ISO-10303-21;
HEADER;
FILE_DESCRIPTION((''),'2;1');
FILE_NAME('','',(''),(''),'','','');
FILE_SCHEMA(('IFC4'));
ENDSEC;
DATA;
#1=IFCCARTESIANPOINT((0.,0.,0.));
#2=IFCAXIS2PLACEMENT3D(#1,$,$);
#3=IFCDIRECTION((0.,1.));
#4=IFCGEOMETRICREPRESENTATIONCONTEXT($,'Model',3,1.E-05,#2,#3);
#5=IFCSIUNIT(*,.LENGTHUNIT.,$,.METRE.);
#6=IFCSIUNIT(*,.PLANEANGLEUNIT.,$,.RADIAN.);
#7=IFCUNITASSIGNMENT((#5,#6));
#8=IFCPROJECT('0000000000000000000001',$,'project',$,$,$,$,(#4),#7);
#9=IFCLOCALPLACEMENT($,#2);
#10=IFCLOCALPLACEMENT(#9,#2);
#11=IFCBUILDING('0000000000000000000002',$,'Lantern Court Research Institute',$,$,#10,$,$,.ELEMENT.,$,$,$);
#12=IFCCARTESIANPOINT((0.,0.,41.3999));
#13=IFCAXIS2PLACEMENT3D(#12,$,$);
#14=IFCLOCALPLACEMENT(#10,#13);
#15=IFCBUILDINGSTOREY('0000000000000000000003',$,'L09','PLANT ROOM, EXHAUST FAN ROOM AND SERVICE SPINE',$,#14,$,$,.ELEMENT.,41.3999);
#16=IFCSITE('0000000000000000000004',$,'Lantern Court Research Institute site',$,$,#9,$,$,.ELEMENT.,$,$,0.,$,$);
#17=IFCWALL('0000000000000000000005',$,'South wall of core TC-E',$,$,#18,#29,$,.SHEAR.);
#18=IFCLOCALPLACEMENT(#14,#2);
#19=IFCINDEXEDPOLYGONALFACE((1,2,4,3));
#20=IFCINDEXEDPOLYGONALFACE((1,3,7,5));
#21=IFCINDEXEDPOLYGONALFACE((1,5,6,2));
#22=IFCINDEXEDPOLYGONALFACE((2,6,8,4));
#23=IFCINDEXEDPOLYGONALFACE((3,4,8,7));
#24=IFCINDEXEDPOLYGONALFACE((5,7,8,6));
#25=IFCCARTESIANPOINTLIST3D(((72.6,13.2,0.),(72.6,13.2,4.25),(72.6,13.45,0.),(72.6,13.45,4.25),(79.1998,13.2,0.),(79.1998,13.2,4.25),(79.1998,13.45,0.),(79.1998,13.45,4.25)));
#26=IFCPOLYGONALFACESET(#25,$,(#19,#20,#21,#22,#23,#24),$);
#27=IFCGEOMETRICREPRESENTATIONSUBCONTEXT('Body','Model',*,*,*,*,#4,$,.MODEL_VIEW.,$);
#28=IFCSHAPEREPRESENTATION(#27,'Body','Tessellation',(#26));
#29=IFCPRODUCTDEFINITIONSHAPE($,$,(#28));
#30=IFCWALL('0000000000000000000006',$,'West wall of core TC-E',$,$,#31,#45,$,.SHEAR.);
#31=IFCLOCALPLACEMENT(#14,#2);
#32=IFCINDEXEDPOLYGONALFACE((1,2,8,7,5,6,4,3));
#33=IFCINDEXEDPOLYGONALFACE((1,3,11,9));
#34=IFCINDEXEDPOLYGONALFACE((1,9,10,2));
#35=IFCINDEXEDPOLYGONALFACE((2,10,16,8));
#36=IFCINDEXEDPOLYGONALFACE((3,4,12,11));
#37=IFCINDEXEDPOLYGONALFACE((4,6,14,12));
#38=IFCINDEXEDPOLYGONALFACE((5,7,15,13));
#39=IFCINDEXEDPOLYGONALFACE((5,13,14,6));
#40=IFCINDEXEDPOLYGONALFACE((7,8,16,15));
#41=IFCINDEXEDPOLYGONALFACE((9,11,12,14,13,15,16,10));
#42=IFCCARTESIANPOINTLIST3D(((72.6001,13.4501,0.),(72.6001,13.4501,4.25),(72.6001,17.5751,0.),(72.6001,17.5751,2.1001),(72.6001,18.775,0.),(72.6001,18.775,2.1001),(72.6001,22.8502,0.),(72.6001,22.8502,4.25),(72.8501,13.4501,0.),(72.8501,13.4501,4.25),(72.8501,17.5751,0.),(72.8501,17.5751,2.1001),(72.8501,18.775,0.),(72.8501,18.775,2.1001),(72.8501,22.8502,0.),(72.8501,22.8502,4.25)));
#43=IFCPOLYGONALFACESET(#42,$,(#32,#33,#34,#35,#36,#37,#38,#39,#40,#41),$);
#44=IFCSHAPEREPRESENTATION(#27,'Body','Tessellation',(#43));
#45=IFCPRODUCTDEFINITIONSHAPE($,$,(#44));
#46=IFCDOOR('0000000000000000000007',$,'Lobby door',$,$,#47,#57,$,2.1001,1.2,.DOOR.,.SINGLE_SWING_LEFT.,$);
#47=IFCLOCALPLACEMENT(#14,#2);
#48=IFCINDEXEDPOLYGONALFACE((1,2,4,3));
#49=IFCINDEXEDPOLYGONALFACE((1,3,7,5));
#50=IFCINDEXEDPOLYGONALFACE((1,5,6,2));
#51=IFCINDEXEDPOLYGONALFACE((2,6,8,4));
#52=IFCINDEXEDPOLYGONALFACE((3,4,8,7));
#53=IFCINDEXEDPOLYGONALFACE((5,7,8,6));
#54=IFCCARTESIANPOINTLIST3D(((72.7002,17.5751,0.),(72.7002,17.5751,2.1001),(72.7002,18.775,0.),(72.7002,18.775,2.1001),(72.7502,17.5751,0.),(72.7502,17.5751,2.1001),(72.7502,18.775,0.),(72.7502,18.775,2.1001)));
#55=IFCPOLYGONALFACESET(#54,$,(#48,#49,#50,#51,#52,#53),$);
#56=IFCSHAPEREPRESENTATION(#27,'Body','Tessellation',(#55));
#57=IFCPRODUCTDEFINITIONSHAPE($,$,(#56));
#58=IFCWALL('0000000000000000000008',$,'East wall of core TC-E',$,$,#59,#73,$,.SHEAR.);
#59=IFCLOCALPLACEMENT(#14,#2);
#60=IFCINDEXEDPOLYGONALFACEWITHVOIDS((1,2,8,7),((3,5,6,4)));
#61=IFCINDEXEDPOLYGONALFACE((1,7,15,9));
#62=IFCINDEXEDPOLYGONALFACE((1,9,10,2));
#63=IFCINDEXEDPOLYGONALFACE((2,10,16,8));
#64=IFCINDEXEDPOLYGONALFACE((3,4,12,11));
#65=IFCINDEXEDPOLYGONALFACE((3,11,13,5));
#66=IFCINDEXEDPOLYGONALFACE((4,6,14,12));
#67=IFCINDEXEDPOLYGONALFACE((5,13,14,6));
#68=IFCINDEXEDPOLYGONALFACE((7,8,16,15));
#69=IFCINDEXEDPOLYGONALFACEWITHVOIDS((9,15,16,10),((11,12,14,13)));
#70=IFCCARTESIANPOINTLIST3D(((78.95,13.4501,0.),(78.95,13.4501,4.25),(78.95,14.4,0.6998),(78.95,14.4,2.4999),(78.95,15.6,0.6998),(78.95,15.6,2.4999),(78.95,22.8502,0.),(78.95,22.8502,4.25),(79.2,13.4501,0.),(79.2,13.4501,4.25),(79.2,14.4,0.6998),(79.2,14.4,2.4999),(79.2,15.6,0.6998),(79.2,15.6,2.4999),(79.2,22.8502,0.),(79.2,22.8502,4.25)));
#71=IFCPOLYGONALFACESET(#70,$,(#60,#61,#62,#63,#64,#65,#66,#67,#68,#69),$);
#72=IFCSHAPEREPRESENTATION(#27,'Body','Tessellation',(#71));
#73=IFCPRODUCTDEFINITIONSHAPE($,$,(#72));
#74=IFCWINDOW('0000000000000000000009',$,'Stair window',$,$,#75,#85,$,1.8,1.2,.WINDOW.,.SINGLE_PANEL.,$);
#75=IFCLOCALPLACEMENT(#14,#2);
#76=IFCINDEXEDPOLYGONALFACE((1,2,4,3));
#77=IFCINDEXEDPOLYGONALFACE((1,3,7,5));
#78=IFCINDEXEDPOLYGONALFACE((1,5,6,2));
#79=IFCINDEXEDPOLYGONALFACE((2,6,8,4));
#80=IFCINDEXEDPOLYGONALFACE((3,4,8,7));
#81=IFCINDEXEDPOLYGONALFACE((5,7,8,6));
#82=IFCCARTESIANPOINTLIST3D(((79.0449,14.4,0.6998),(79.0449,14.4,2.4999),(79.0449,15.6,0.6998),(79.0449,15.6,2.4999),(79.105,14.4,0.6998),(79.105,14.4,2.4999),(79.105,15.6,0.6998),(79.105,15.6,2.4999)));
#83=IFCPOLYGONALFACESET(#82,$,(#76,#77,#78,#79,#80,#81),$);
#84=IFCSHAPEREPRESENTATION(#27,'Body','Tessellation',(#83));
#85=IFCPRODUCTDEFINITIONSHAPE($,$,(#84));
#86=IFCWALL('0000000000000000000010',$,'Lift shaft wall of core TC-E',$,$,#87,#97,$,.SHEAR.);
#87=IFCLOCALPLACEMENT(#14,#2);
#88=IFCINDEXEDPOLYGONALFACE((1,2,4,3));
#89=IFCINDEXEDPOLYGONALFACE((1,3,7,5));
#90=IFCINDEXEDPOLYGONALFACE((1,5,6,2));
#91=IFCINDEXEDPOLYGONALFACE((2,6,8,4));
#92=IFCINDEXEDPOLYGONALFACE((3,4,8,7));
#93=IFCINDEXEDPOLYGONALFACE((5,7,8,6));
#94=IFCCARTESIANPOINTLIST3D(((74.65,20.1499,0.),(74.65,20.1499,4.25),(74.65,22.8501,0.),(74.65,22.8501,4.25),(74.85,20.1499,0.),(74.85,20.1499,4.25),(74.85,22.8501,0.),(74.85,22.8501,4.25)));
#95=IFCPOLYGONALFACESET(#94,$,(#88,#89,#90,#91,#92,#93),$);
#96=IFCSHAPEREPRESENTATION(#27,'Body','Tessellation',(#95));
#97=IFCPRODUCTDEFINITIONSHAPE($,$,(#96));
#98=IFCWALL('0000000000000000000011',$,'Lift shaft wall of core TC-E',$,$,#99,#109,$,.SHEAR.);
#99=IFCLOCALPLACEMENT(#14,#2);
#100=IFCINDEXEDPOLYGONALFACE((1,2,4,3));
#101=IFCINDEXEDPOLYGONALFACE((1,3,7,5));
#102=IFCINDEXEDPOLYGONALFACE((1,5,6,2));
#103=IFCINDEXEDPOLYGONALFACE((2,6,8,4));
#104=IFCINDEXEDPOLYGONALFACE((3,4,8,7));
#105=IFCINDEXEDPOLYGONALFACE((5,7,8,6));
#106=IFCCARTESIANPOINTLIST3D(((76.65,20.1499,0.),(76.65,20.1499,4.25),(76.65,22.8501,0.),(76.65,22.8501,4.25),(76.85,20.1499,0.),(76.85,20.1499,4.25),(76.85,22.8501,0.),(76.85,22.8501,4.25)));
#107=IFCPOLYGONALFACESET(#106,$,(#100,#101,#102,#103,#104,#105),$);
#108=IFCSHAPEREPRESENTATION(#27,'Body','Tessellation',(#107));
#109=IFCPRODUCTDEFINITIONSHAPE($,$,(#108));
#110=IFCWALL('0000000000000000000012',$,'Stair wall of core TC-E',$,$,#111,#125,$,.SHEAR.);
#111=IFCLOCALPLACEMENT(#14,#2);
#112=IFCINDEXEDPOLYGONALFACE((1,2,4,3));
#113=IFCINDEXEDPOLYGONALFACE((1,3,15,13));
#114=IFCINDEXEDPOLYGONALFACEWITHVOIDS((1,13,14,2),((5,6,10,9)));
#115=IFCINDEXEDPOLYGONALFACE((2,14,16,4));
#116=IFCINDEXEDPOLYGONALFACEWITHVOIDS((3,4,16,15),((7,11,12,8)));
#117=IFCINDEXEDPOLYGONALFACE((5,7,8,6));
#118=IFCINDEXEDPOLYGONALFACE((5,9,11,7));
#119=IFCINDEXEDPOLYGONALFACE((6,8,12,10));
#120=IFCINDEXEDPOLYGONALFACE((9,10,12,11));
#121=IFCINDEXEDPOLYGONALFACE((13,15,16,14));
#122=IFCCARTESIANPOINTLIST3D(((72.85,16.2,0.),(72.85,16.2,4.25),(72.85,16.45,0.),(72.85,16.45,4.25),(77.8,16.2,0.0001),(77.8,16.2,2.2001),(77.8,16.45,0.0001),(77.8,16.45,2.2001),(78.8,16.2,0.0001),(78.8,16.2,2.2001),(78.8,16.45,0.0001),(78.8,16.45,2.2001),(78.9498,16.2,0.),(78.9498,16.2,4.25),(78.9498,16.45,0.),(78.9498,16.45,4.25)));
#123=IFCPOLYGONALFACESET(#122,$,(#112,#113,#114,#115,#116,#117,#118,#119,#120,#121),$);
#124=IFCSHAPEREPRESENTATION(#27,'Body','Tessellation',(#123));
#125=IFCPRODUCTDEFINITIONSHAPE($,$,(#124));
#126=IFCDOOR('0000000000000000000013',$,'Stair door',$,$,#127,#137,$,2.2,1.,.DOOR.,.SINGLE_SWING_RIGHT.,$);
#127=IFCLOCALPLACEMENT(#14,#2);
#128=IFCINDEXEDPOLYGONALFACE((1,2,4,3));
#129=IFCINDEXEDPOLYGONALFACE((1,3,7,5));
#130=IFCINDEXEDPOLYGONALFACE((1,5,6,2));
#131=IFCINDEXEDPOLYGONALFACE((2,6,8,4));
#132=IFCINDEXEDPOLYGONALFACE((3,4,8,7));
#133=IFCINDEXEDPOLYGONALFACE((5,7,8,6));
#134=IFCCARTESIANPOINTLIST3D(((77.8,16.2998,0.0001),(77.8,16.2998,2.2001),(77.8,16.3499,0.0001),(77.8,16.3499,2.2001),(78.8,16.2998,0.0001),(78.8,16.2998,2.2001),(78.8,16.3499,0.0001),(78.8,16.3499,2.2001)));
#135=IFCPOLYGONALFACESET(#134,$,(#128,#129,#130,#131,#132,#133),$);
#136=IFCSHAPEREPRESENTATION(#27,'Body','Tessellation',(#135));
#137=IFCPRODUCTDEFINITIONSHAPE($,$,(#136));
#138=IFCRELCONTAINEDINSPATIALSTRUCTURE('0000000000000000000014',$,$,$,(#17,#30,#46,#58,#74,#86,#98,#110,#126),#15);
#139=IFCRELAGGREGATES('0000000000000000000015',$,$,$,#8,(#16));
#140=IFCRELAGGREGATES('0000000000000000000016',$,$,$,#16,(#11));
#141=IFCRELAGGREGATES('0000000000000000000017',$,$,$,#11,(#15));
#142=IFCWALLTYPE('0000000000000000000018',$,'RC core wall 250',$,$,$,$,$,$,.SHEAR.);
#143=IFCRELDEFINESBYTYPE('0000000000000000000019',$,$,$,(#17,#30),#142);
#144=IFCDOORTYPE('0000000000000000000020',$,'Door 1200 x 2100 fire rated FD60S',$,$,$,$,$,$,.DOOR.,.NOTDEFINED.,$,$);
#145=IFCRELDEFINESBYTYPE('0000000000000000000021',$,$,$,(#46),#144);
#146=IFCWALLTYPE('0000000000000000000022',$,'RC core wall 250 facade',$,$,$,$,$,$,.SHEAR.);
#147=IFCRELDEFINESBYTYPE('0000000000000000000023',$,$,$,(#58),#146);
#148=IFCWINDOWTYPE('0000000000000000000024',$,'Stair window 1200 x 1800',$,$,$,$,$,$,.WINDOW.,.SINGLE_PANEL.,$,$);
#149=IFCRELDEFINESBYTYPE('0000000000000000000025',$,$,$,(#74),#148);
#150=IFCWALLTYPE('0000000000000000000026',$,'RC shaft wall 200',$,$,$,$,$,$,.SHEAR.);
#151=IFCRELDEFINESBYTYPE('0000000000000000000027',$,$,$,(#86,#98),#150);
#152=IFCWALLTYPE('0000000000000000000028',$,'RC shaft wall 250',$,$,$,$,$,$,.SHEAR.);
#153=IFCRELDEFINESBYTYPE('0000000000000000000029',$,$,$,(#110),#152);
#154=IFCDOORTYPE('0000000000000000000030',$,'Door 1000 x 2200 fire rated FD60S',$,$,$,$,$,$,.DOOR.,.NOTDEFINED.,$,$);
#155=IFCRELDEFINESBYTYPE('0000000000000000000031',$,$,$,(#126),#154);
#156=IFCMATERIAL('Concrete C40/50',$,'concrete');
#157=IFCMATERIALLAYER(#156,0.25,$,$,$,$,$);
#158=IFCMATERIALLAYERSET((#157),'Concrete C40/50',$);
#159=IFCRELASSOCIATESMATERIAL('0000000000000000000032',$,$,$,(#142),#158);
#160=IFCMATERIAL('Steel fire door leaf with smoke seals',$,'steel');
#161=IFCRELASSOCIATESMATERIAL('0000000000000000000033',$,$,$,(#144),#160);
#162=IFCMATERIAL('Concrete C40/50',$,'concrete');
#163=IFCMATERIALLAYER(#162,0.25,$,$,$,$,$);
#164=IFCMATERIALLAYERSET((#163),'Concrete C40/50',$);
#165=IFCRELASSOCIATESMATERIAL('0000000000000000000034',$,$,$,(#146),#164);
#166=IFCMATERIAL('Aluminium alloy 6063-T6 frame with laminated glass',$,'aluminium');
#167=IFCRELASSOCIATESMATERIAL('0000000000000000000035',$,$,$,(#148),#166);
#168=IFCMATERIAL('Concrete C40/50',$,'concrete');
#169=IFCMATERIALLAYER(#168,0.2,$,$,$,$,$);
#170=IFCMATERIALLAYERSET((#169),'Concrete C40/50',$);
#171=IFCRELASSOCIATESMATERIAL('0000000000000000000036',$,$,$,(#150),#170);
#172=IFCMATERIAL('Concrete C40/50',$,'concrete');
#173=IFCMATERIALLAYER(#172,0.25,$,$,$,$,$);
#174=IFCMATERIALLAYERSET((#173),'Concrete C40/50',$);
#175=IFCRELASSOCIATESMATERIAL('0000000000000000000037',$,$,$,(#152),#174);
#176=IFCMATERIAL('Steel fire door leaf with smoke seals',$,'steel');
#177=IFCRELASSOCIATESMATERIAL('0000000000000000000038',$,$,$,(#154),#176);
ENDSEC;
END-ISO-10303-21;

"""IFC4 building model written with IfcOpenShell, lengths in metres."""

from ifc_helpers import new_model, si_unit, direction, frame, frame_2d, origin, place, context, subcontext, project, spatial, rectangle, extrude, material, layer, layer_set, type_object, element, fill, save


model = new_model("IFC4")

# Units and contexts
model_context = context("Model", 3, precision=1e-05, world=origin(), true_north=direction((0.0, 1.0)))
body_context = subcontext(model_context, "Body", "Model", "MODEL_VIEW")
ifc_project = project(units=[si_unit("LENGTHUNIT", "METRE"), si_unit("PLANEANGLEUNIT", "RADIAN")], contexts=[model_context])

# Site, building, storey
site_placement = place(None, origin())
site = spatial("IfcSite", under=ifc_project, at=site_placement, Name="Lantern Court Research Institute site", CompositionType="ELEMENT", RefElevation=0.0)
building_placement = place(site_placement, origin())
building = spatial("IfcBuilding", under=site, at=building_placement, Name="Lantern Court Research Institute", CompositionType="ELEMENT")
storey_placement = place(building_placement, frame((0.0, 0.0, 41.3999)))
storey = spatial("IfcBuildingStorey", under=building, at=storey_placement, Name="L09", Description="PLANT ROOM, EXHAUST FAN ROOM AND SERVICE SPINE", CompositionType="ELEMENT", Elevation=41.3999)

# Wall
ifc_material_1 = material(Name="Concrete C40/50", Category="concrete")
ifc_layer_1 = layer(ifc_material_1, 0.25)
ifc_layer_set_1 = layer_set([ifc_layer_1], Name="Concrete C40/50")
wall_type_1 = type_object("IfcWallType", Name="RC core wall 250", PredefinedType="SHEAR", material=ifc_layer_set_1)
wall_1_placement = place(storey_placement, frame((72.6001, 13.325, 0.0), z_axis=(0.0, 0.0, 1.0), x_axis=(1.0, 0.0, 0.0)))
element("IfcWall", 1, at=wall_1_placement, inside=storey, type_object=wall_type_1, Name="South wall of core TC-E", PredefinedType="SHEAR", context=body_context, shape_type="SweptSolid", body=[
    extrude(rectangle(XDim=6.5999, YDim=0.25, at=frame_2d((3.2998, 0.0))), origin(), (0.0, 0.0, 1.0), 4.25),
])

# Wall, opening, door
wall_2_placement = place(storey_placement, frame((72.7251, 13.45, 0.0), z_axis=(0.0, 0.0, 1.0), x_axis=(0.0, 1.0, 0.0)))
wall_2 = element("IfcWall", 2, at=wall_2_placement, inside=storey, type_object=wall_type_1, Name="West wall of core TC-E", PredefinedType="SHEAR", context=body_context, shape_type="SweptSolid", body=[
    extrude(rectangle(XDim=9.4001, YDim=0.25, at=frame_2d((4.7002, 0.0))), origin(), (0.0, 0.0, 1.0), 4.25),
])
opening_1_placement = place(wall_2_placement, frame((4.125, 0.0, 0.0)))
opening_1 = element("IfcOpeningElement", 3, at=opening_1_placement, cuts=wall_2, PredefinedType="OPENING", context=body_context, shape_type="SweptSolid", body=[
    extrude(rectangle(XDim=1.2, YDim=2.1001, at=frame_2d((0.6001, 1.05))), frame((0.0, 0.135, 0.0), z_axis=(0.0, -1.0, 0.0), x_axis=(1.0, 0.0, 0.0)), (0.0, 0.0, 1.0), 0.27),
])
ifc_material_2 = material(Name="Steel fire door leaf with smoke seals", Category="steel")
door_type_1 = type_object("IfcDoorType", Name="Door 1200 x 2100 fire rated FD60S", OperationType="NOTDEFINED", PredefinedType="DOOR", material=ifc_material_2)
door_1_placement = place(opening_1_placement, origin())
door_1 = element("IfcDoor", 4, at=door_1_placement, inside=storey, type_object=door_type_1, Name="Lobby door", OperationType="SINGLE_SWING_LEFT", OverallHeight=2.1001, OverallWidth=1.2, PredefinedType="DOOR", context=body_context, shape_type="SweptSolid", body=[
    extrude(rectangle(XDim=1.2, YDim=2.1001, at=frame_2d((0.6001, 1.05))), frame((0.0, 0.0249, 0.0), z_axis=(0.0, -1.0, 0.0), x_axis=(1.0, 0.0, 0.0)), (0.0, 0.0, 1.0), 0.05),
])
fill(opening_1, door_1)

# Wall, opening, window
ifc_material_3 = material(Name="Concrete C40/50", Category="concrete")
ifc_layer_2 = layer(ifc_material_3, 0.25)
ifc_layer_set_2 = layer_set([ifc_layer_2], Name="Concrete C40/50")
wall_type_2 = type_object("IfcWallType", Name="RC core wall 250 facade", PredefinedType="SHEAR", material=ifc_layer_set_2)
wall_3_placement = place(storey_placement, frame((79.075, 13.45, 0.0), z_axis=(0.0, 0.0, 1.0), x_axis=(0.0, 1.0, 0.0)))
wall_3 = element("IfcWall", 5, at=wall_3_placement, inside=storey, type_object=wall_type_2, Name="East wall of core TC-E", PredefinedType="SHEAR", context=body_context, shape_type="SweptSolid", body=[
    extrude(rectangle(XDim=9.4001, YDim=0.25, at=frame_2d((4.7002, 0.0))), origin(), (0.0, 0.0, 1.0), 4.25),
])
opening_2_placement = place(wall_3_placement, frame((0.95, 0.0, 0.7)))
opening_2 = element("IfcOpeningElement", 6, at=opening_2_placement, cuts=wall_3, PredefinedType="OPENING", context=body_context, shape_type="SweptSolid", body=[
    extrude(rectangle(XDim=1.2, YDim=1.8, at=frame_2d((0.6001, 0.8999))), frame((0.0, 0.135, 0.0), z_axis=(0.0, -1.0, 0.0), x_axis=(1.0, 0.0, 0.0)), (0.0, 0.0, 1.0), 0.27),
])
ifc_material_4 = material(Name="Aluminium alloy 6063-T6 frame with laminated glass", Category="aluminium")
window_type = type_object("IfcWindowType", Name="Stair window 1200 x 1800", PartitioningType="SINGLE_PANEL", PredefinedType="WINDOW", material=ifc_material_4)
window_placement = place(opening_2_placement, origin())
window = element("IfcWindow", 7, at=window_placement, inside=storey, type_object=window_type, Name="Stair window", OverallHeight=1.8, OverallWidth=1.2, PartitioningType="SINGLE_PANEL", PredefinedType="WINDOW", context=body_context, shape_type="SweptSolid", body=[
    extrude(rectangle(XDim=1.2, YDim=1.8, at=frame_2d((0.6001, 0.8999))), frame((0.0, 0.03, 0.0), z_axis=(0.0, -1.0, 0.0), x_axis=(1.0, 0.0, 0.0)), (0.0, 0.0, 1.0), 0.0601),
])
fill(opening_2, window)

# Walls
ifc_material_5 = material(Name="Concrete C40/50", Category="concrete")
ifc_layer_3 = layer(ifc_material_5, 0.2)
ifc_layer_set_3 = layer_set([ifc_layer_3], Name="Concrete C40/50")
wall_type_3 = type_object("IfcWallType", Name="RC shaft wall 200", PredefinedType="SHEAR", material=ifc_layer_set_3)
for number, where, z_axis, x_axis, name in (
    (8, (74.75, 20.1499, 0.0), (0.0, 0.0, 1.0), (0.0, 1.0, 0.0), "Lift shaft wall of core TC-E"),
    (9, (76.75, 20.1499, 0.0), (0.0, 0.0, 1.0), (0.0, 1.0, 0.0), "Lift shaft wall of core TC-E"),
):
    element("IfcWall", number, at=place(storey_placement, frame(where, z_axis=z_axis, x_axis=x_axis)), inside=storey, type_object=wall_type_3, Name=name, PredefinedType="SHEAR", context=body_context, shape_type="SweptSolid", body=[
        extrude(rectangle(XDim=2.7002, YDim=0.2, at=frame_2d((1.3501, 0.0))), origin(), (0.0, 0.0, 1.0), 4.25),
    ])

# Wall, opening, door
ifc_material_6 = material(Name="Concrete C40/50", Category="concrete")
ifc_layer_4 = layer(ifc_material_6, 0.25)
ifc_layer_set_4 = layer_set([ifc_layer_4], Name="Concrete C40/50")
wall_type_4 = type_object("IfcWallType", Name="RC shaft wall 250", PredefinedType="SHEAR", material=ifc_layer_set_4)
wall_4_placement = place(storey_placement, frame((72.8501, 16.325, 0.0), z_axis=(0.0, 0.0, 1.0), x_axis=(1.0, 0.0, 0.0)))
wall_4 = element("IfcWall", 10, at=wall_4_placement, inside=storey, type_object=wall_type_4, Name="Stair wall of core TC-E", PredefinedType="SHEAR", context=body_context, shape_type="SweptSolid", body=[
    extrude(rectangle(XDim=6.0999, YDim=0.25, at=frame_2d((3.0498, 0.0))), origin(), (0.0, 0.0, 1.0), 4.25),
])
opening_3_placement = place(wall_4_placement, frame((4.95, 0.0, 0.0)))
opening_3 = element("IfcOpeningElement", 11, at=opening_3_placement, cuts=wall_4, PredefinedType="OPENING", context=body_context, shape_type="SweptSolid", body=[
    extrude(rectangle(XDim=1.0, YDim=2.2, at=frame_2d((0.5, 1.1001))), frame((0.0, 0.135, 0.0), z_axis=(0.0, -1.0, 0.0), x_axis=(1.0, 0.0, 0.0)), (0.0, 0.0, 1.0), 0.27),
])
ifc_material_7 = material(Name="Steel fire door leaf with smoke seals", Category="steel")
door_type_2 = type_object("IfcDoorType", Name="Door 1000 x 2200 fire rated FD60S", OperationType="NOTDEFINED", PredefinedType="DOOR", material=ifc_material_7)
door_2_placement = place(opening_3_placement, origin())
door_2 = element("IfcDoor", 12, at=door_2_placement, inside=storey, type_object=door_type_2, Name="Stair door", OperationType="SINGLE_SWING_RIGHT", OverallHeight=2.2, OverallWidth=1.0, PredefinedType="DOOR", context=body_context, shape_type="SweptSolid", body=[
    extrude(rectangle(XDim=1.0, YDim=2.2, at=frame_2d((0.5, 1.1001))), frame((0.0, 0.0249, 0.0), z_axis=(0.0, -1.0, 0.0), x_axis=(1.0, 0.0, 0.0)), (0.0, 0.0, 1.0), 0.05),
])
fill(opening_3, door_2)

save(model, "model.ifc")
